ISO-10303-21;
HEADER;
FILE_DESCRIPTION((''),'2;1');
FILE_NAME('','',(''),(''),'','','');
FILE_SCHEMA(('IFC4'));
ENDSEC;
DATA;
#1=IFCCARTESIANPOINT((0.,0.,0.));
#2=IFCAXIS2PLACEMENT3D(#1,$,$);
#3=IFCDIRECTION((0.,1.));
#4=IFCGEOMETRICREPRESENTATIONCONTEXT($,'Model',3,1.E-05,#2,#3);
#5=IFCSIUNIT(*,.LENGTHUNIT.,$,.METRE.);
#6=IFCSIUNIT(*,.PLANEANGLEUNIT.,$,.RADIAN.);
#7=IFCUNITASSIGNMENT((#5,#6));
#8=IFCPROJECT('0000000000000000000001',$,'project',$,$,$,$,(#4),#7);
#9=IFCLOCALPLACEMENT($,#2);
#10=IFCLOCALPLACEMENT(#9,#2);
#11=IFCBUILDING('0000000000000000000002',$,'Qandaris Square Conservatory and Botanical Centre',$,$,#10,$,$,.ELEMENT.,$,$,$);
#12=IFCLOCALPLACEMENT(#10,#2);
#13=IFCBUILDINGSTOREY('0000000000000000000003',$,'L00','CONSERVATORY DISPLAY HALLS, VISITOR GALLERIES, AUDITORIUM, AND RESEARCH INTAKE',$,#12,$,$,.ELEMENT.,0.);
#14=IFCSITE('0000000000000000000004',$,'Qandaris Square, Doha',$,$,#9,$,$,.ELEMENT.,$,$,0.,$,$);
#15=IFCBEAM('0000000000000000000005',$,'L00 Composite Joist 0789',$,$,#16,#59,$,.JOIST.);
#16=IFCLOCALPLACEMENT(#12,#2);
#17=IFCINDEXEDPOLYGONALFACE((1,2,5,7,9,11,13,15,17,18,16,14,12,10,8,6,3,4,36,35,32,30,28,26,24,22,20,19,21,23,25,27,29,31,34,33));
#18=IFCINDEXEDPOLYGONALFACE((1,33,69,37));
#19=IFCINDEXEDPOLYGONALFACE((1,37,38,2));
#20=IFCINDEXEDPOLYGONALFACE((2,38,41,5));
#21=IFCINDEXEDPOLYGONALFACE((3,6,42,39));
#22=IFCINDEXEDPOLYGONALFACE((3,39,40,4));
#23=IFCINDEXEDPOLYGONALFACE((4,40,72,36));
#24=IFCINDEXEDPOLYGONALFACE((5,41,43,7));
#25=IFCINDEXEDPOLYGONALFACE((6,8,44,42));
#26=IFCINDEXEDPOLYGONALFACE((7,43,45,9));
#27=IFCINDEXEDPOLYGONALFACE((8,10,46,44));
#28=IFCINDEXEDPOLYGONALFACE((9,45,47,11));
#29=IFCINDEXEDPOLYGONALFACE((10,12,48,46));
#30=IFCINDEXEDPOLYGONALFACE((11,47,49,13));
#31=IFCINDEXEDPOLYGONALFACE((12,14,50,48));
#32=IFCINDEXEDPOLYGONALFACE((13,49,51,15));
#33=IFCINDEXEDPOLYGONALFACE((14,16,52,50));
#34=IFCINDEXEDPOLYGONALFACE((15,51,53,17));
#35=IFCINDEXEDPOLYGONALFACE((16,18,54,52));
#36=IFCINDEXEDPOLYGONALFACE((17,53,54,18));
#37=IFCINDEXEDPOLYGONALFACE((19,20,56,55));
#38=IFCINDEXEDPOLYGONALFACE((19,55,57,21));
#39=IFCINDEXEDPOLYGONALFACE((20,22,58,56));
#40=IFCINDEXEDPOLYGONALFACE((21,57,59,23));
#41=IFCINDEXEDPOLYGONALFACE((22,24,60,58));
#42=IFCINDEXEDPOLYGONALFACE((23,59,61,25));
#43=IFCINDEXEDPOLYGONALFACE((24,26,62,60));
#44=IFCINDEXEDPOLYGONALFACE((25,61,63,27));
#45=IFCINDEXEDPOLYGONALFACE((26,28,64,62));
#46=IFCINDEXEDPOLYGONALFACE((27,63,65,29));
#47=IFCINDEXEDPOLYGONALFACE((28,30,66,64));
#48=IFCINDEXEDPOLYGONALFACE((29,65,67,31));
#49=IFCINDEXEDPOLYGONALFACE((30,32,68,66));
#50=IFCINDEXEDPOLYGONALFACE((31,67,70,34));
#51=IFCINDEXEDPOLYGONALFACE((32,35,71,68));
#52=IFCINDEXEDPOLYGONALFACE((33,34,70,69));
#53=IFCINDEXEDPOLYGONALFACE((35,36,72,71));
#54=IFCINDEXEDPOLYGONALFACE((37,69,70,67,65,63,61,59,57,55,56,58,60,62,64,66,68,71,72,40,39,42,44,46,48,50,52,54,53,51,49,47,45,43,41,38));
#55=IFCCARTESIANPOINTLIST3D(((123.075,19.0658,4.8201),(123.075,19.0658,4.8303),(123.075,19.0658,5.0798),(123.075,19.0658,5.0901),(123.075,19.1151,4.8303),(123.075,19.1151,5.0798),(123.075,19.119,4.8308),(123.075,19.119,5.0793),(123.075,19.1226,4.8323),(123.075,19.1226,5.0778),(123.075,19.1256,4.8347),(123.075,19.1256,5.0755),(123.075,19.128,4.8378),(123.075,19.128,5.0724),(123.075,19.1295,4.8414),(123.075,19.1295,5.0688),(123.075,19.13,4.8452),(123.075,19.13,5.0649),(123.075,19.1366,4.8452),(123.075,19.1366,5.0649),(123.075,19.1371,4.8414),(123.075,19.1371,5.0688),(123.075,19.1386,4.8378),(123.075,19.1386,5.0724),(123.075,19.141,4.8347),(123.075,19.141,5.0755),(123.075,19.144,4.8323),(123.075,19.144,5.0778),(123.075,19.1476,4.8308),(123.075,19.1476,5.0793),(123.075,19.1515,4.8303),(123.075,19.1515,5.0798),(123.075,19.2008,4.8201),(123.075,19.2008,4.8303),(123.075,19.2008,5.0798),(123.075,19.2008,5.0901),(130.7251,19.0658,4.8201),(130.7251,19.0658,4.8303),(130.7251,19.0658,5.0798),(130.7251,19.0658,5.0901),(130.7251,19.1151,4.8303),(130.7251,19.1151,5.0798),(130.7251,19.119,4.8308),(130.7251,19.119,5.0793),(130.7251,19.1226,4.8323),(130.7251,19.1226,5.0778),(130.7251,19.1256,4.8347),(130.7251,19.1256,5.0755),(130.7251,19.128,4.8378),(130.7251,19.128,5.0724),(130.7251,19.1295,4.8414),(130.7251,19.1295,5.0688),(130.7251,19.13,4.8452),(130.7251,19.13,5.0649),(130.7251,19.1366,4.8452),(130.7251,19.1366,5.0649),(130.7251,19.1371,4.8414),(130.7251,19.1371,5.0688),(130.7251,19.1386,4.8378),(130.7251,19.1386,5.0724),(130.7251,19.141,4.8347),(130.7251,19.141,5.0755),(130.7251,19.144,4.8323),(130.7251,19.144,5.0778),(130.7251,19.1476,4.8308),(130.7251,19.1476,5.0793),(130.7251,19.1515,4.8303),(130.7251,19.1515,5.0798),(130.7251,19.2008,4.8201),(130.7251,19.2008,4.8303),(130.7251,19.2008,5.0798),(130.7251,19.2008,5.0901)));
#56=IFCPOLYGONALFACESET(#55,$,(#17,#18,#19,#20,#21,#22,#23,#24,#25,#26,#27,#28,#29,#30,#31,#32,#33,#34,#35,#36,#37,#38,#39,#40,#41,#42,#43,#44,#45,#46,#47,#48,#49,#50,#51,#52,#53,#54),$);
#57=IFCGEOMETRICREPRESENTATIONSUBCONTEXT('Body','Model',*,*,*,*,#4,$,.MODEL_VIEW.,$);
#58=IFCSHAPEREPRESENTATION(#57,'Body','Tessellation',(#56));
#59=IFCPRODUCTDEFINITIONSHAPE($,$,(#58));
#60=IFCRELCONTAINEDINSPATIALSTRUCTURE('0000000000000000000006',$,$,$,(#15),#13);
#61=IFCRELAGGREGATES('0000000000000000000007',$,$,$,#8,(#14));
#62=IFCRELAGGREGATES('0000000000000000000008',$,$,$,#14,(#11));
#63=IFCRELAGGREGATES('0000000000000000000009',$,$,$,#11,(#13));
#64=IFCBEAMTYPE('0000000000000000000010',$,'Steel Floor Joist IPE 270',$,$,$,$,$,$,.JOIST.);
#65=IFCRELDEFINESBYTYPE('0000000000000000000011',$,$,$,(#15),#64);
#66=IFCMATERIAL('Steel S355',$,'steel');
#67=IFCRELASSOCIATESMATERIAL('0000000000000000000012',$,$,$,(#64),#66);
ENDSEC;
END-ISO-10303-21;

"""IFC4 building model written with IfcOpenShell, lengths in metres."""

from ifc_helpers import new_model, si_unit, direction, frame, origin, origin_2d, place, context, subcontext, project, spatial, i_section, extrude, material, material_profile, profile_set, type_object, element, save


model = new_model("IFC4")

# Units and contexts
model_context = context("Model", 3, precision=1e-05, world=origin(), true_north=direction((0.0, 1.0)))
body_context = subcontext(model_context, "Body", "Model", "MODEL_VIEW")
ifc_project = project(units=[si_unit("LENGTHUNIT", "METRE"), si_unit("PLANEANGLEUNIT", "RADIAN")], contexts=[model_context])

# Site, building, storey
site_placement = place(None, origin())
site = spatial("IfcSite", under=ifc_project, at=site_placement, Name="Qandaris Square, Doha", CompositionType="ELEMENT", RefElevation=0.0)
building_placement = place(site_placement, origin())
building = spatial("IfcBuilding", under=site, at=building_placement, Name="Qandaris Square Conservatory and Botanical Centre", CompositionType="ELEMENT")
storey_placement = place(building_placement, origin())
storey = spatial("IfcBuildingStorey", under=building, at=storey_placement, Name="L00", Description="CONSERVATORY DISPLAY HALLS, VISITOR GALLERIES, AUDITORIUM, AND RESEARCH INTAKE", CompositionType="ELEMENT", Elevation=0.0)

# Beam
ifc_material_1 = material(Name="Steel S355", Category="steel")
ifc_material_profile_1 = material_profile(ifc_material_1, i_section(OverallWidth=0.135, OverallDepth=0.27, WebThickness=0.0066, FlangeThickness=0.0103, FilletRadius=0.0149, at=origin_2d()), Name="IPE 270")
ifc_profile_set_1 = profile_set([ifc_material_profile_1], Name="Steel S355")
beam_type_1 = type_object("IfcBeamType", Name="Steel Floor Joist IPE 270", PredefinedType="JOIST", material=ifc_profile_set_1)
beam_1_placement = place(storey_placement, frame((123.075, 19.1333, 4.9551), z_axis=(1.0, 0.0, 0.0), x_axis=(0.0, 1.0, 0.0)))
element("IfcBeam", 1, at=beam_1_placement, inside=storey, type_object=beam_type_1, Name="L00 Composite Joist 0789", PredefinedType="JOIST", context=body_context, shape_type="SweptSolid", body=[
    extrude(i_section(OverallWidth=0.135, OverallDepth=0.27, WebThickness=0.0066, FlangeThickness=0.0103, FilletRadius=0.0149, at=origin_2d()), origin(), (0.0, 0.0, 1.0), 7.6501),
])

save(model, "model.ifc")
